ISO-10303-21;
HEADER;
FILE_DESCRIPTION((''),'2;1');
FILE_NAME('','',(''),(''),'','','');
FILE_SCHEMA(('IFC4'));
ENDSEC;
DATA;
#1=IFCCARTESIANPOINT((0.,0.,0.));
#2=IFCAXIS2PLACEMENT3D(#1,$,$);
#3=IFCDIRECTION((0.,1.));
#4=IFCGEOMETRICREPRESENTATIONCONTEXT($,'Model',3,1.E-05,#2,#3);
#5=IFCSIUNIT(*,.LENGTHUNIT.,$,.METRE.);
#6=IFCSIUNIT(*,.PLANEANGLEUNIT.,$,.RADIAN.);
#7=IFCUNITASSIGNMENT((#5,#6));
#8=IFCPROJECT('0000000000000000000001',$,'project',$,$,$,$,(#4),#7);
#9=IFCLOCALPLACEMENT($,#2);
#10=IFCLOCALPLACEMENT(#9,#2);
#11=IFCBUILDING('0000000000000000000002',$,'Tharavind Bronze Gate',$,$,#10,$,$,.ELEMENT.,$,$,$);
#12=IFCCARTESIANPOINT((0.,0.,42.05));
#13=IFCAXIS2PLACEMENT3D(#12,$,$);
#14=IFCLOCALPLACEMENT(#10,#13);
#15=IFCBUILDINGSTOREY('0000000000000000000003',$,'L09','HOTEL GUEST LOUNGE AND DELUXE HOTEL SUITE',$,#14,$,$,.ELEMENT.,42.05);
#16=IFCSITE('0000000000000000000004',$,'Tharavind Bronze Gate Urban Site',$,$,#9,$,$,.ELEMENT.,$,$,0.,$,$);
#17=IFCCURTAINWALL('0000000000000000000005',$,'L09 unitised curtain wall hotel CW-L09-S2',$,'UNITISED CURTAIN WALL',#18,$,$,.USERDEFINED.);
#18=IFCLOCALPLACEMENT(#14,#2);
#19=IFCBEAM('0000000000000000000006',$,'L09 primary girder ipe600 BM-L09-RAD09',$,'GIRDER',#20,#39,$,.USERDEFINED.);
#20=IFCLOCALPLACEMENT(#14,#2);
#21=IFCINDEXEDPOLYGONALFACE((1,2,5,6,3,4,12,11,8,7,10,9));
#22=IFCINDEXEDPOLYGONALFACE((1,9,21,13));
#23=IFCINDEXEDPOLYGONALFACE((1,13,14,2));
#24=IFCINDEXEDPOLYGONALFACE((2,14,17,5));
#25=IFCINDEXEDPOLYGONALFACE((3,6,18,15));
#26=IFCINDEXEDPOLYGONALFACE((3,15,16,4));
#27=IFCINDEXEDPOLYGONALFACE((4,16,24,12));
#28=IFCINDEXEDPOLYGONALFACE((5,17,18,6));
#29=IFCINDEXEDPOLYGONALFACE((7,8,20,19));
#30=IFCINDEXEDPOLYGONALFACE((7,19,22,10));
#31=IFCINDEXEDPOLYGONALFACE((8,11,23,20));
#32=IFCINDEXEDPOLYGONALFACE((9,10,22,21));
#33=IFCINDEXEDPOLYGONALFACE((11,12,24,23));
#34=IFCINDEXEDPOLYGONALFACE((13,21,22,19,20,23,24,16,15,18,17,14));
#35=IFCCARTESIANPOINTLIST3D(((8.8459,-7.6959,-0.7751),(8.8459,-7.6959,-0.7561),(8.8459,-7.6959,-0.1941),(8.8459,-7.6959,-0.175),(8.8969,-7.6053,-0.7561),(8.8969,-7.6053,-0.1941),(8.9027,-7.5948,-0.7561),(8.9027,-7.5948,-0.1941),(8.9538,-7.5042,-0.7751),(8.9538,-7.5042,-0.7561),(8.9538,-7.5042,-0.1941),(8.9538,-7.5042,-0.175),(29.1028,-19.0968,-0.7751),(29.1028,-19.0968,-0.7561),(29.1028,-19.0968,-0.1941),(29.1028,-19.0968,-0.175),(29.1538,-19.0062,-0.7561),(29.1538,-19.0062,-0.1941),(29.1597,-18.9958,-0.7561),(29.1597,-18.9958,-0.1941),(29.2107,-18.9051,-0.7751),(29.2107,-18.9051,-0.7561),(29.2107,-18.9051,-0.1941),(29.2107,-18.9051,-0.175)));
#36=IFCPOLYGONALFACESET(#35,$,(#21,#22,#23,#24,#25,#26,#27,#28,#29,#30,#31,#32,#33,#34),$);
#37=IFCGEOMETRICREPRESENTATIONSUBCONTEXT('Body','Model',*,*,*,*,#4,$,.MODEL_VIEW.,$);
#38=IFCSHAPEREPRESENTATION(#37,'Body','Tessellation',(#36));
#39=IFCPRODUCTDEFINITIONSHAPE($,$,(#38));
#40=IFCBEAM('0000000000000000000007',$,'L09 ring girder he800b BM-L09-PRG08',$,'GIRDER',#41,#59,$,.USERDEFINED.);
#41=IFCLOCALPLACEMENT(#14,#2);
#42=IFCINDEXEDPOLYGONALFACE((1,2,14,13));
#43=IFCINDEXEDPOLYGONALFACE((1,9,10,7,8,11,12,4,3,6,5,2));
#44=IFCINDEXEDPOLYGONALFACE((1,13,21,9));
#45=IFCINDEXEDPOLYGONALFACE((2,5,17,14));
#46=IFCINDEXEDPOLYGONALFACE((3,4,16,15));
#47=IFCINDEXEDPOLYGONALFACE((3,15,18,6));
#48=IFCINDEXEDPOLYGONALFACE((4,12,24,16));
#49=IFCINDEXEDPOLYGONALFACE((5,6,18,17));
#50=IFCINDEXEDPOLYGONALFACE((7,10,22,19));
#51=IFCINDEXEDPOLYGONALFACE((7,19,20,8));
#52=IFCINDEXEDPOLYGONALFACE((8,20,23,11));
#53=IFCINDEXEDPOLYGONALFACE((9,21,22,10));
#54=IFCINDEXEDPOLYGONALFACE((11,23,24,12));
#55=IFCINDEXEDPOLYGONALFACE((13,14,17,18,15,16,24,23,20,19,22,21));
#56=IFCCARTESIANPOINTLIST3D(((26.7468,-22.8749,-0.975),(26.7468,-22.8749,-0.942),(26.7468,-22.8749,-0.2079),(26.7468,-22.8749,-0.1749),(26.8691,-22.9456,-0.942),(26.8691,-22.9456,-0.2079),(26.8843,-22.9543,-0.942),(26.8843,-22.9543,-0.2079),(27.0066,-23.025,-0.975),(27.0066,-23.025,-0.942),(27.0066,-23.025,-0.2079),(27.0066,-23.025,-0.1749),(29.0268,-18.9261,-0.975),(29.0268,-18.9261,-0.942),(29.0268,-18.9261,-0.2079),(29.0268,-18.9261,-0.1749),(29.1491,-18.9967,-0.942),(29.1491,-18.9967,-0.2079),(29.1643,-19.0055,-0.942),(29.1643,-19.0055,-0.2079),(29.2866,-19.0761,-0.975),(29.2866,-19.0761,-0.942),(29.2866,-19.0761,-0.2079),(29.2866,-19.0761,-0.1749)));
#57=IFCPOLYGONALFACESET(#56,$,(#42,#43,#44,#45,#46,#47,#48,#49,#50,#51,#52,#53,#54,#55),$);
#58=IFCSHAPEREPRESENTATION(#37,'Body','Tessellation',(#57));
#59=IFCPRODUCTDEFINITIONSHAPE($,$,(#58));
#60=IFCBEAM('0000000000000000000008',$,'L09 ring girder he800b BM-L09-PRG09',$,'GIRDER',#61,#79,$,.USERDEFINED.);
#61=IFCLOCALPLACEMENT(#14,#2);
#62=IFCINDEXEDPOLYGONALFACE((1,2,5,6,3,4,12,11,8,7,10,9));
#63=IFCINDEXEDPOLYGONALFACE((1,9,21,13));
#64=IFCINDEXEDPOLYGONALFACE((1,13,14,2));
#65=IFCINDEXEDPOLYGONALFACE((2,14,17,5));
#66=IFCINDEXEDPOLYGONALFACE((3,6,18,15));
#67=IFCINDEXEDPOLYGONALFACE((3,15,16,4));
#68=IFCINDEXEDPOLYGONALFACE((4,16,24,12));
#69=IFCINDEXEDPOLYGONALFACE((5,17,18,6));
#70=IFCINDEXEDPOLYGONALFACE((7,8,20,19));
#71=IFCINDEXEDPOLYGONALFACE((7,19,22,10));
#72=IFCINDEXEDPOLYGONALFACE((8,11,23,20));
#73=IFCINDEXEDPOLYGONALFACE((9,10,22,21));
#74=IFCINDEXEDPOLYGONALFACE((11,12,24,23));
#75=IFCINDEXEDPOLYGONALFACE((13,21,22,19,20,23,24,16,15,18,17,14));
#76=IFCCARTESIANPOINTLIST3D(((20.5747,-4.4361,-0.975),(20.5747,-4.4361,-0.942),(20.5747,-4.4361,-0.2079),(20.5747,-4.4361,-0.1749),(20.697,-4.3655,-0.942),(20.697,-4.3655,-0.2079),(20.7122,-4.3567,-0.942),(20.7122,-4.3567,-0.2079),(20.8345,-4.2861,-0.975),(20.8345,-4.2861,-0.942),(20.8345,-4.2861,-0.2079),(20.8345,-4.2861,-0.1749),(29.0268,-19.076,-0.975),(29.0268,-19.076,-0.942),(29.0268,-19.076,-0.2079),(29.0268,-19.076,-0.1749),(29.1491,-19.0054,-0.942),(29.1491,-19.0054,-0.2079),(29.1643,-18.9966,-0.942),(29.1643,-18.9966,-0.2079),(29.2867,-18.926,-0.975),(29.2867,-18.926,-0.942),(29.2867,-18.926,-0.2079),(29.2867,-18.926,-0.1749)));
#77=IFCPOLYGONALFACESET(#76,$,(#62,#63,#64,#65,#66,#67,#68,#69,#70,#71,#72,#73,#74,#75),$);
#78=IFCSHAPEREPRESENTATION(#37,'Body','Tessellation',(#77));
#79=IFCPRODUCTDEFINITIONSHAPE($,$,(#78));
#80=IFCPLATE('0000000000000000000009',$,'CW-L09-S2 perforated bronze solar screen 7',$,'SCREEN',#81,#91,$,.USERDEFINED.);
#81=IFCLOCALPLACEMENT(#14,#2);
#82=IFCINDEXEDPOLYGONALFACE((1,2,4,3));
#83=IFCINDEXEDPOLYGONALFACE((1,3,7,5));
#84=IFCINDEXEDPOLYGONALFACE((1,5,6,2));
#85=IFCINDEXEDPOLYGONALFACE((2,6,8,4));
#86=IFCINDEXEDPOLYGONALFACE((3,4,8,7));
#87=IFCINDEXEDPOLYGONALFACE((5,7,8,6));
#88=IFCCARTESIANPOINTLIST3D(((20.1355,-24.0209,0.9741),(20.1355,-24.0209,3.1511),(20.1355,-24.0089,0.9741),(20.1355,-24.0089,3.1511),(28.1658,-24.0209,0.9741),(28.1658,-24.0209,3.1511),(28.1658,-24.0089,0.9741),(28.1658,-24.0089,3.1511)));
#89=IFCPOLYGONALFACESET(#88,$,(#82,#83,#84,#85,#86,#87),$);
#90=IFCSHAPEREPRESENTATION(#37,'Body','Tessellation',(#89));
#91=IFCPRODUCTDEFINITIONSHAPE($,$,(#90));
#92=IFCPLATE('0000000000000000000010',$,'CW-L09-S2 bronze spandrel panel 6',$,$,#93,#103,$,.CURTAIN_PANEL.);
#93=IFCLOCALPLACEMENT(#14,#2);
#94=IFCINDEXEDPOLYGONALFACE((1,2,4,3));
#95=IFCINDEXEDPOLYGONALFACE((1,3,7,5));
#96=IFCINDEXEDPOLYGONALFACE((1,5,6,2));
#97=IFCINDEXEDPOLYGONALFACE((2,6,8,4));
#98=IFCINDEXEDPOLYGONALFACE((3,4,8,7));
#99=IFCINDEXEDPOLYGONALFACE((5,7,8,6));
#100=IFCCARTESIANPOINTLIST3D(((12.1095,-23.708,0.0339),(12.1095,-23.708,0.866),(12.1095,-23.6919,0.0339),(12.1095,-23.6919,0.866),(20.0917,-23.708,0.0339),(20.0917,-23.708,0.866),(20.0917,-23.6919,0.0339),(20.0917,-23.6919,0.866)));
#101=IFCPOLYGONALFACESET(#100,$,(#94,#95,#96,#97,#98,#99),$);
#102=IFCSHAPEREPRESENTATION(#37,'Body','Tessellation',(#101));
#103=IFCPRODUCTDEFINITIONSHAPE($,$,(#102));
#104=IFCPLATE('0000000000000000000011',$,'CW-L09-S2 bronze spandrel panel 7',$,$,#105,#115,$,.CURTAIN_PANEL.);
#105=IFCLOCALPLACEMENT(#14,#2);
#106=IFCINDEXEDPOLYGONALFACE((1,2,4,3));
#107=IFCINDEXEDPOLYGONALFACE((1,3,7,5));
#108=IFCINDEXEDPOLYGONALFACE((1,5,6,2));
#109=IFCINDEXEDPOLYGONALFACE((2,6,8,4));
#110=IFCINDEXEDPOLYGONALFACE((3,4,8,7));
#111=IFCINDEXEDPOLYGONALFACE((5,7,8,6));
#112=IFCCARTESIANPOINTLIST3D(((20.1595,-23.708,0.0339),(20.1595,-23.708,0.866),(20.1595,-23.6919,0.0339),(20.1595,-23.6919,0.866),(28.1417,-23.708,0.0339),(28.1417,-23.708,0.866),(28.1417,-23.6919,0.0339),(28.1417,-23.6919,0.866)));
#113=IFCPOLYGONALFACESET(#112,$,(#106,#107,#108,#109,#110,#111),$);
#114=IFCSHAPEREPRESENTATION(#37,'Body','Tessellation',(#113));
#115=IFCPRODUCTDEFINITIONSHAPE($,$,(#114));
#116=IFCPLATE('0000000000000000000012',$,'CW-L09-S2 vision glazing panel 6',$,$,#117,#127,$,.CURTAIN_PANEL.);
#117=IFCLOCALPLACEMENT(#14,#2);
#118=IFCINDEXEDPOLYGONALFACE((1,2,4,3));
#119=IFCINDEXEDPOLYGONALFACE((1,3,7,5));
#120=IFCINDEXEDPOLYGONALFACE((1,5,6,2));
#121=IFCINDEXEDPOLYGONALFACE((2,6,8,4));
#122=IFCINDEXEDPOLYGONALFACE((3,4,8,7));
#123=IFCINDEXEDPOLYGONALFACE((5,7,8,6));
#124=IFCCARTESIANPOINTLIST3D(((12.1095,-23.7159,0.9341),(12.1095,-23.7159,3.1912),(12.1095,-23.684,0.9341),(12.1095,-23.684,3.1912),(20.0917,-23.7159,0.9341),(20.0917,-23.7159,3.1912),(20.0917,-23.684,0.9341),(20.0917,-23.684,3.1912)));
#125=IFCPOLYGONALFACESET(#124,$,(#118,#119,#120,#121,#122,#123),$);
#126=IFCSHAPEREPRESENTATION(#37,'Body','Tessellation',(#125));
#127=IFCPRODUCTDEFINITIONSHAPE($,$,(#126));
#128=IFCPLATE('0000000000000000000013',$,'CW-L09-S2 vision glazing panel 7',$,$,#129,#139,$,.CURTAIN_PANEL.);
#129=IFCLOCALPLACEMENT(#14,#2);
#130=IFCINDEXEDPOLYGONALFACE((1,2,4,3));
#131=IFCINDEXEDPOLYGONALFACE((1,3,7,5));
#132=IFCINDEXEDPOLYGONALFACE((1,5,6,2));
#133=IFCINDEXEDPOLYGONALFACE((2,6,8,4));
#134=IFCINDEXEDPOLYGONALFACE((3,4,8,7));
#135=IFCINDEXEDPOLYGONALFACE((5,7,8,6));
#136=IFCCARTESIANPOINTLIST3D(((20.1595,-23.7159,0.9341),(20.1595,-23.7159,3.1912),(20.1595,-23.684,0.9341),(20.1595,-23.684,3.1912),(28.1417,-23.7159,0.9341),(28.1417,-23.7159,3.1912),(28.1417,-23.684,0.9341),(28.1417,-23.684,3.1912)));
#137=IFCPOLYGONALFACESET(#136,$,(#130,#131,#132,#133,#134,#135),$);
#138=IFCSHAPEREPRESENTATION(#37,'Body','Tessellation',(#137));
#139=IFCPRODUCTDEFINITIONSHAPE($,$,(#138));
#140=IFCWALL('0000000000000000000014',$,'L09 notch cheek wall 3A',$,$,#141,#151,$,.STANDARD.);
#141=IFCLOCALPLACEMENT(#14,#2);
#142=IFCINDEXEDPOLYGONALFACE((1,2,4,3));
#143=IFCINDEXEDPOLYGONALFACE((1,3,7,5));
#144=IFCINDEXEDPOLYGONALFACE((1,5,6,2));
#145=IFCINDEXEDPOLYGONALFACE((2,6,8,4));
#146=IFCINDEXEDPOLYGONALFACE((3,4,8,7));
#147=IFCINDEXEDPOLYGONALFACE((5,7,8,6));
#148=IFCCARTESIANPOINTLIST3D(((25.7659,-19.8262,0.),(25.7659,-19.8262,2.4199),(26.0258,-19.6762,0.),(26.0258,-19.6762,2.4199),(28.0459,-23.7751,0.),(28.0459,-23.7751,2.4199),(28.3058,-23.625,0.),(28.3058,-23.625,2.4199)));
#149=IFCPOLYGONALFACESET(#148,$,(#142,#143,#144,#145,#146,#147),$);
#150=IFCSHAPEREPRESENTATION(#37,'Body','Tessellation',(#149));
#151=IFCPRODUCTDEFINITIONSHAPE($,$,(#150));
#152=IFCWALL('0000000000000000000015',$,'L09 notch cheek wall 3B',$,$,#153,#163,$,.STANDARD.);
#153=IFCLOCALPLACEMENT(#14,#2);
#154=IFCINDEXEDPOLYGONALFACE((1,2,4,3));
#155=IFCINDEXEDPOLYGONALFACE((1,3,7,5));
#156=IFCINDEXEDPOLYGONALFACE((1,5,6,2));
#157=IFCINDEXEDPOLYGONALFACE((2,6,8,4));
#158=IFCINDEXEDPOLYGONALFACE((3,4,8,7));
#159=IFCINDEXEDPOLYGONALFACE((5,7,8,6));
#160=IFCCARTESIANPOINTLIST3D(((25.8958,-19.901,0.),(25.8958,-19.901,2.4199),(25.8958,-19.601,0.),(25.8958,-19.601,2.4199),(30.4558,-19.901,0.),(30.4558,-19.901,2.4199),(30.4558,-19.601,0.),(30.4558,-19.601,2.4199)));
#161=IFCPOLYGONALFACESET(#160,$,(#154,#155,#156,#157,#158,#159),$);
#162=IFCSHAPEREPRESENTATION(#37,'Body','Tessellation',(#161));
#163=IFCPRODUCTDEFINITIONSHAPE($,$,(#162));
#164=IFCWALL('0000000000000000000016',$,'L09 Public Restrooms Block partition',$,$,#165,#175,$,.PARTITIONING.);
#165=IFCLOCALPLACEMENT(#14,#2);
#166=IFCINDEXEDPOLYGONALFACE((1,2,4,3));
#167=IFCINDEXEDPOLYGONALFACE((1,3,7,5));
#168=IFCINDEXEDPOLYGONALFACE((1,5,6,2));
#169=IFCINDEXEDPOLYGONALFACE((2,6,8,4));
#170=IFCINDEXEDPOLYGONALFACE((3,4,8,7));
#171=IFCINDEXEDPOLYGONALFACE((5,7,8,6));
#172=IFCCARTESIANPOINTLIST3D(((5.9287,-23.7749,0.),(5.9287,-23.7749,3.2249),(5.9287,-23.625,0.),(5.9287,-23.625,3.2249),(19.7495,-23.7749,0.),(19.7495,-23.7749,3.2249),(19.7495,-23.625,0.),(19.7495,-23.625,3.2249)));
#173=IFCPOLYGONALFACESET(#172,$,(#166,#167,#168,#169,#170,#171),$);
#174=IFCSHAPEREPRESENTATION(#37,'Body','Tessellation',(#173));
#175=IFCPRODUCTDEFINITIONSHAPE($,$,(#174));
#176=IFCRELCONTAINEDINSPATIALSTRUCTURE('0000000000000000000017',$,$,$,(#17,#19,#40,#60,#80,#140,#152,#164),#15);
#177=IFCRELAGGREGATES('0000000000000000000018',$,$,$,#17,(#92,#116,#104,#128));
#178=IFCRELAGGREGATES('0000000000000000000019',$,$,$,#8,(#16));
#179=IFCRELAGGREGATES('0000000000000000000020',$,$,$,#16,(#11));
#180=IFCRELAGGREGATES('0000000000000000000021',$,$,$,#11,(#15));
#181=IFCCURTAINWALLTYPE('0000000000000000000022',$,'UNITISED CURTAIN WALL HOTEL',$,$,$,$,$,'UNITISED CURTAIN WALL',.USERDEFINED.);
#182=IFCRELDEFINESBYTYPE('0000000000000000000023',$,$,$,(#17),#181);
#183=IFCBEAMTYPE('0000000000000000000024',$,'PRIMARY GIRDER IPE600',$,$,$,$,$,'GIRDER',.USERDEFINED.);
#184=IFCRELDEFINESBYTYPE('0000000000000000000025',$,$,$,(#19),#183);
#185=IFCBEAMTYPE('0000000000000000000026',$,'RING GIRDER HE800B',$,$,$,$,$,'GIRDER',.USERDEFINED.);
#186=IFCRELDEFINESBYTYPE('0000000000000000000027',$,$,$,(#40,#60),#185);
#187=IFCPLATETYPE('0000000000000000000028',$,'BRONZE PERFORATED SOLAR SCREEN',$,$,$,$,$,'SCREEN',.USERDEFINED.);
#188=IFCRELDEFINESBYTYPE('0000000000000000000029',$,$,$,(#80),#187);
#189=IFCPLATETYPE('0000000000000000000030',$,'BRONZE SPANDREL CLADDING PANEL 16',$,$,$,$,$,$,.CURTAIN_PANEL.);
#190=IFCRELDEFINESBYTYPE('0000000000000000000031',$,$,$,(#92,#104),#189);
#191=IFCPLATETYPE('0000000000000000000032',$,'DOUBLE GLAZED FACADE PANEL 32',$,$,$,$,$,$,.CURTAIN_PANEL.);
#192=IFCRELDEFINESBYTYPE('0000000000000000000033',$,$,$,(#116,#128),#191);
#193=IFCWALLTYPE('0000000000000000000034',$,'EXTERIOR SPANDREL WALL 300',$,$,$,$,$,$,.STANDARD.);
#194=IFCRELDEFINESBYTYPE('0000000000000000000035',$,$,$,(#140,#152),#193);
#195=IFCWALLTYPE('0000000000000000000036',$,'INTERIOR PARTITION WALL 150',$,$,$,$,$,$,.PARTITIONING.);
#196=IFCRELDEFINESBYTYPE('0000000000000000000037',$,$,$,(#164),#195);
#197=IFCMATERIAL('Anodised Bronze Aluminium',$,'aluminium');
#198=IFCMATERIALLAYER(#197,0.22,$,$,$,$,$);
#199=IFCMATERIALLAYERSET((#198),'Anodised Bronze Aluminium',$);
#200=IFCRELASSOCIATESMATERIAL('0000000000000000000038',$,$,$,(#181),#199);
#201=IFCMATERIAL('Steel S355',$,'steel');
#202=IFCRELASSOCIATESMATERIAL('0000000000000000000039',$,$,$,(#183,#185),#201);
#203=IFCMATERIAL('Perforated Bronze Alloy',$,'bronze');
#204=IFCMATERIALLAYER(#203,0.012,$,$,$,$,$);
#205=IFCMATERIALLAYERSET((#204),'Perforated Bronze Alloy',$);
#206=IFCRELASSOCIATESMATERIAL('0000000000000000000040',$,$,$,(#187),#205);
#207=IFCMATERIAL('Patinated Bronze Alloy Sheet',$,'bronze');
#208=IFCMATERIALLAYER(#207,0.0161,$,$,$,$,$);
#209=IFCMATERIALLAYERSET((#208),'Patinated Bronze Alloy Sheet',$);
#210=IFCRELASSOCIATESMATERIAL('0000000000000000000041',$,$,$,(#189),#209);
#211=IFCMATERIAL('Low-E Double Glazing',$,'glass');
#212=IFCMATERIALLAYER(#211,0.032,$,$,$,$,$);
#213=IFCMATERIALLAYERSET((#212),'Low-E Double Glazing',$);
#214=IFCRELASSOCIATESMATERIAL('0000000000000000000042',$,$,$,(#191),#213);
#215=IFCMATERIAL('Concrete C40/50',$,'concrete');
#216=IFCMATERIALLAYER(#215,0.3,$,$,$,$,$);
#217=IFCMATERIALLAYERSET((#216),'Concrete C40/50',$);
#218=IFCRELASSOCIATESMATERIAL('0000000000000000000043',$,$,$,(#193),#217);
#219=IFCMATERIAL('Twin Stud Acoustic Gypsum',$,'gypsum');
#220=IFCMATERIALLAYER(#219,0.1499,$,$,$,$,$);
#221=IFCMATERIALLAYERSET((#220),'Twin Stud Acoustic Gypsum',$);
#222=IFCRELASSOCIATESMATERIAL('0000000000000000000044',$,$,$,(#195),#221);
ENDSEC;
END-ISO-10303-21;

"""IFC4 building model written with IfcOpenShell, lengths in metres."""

from ifc_helpers import new_model, si_unit, direction, frame, frame_2d, origin, origin_2d, place, context, subcontext, project, spatial, rectangle, i_section, extrude, material, layer, layer_set, material_profile, profile_set, type_object, element, aggregate, save


model = new_model("IFC4")

# Units and contexts
model_context = context("Model", 3, precision=1e-05, world=origin(), true_north=direction((0.0, 1.0)))
body_context = subcontext(model_context, "Body", "Model", "MODEL_VIEW")
ifc_project = project(units=[si_unit("LENGTHUNIT", "METRE"), si_unit("PLANEANGLEUNIT", "RADIAN")], contexts=[model_context])

# Site, building, storey
site_placement = place(None, origin())
site = spatial("IfcSite", under=ifc_project, at=site_placement, Name="Tharavind Bronze Gate Urban Site", CompositionType="ELEMENT", RefElevation=0.0)
building_placement = place(site_placement, origin())
building = spatial("IfcBuilding", under=site, at=building_placement, Name="Tharavind Bronze Gate", CompositionType="ELEMENT")
storey_placement = place(building_placement, frame((0.0, 0.0, 42.05)))
storey = spatial("IfcBuildingStorey", under=building, at=storey_placement, Name="L09", Description="HOTEL GUEST LOUNGE AND DELUXE HOTEL SUITE", CompositionType="ELEMENT", Elevation=42.05)

# Curtain wall
ifc_material_1 = material(Name="Anodised Bronze Aluminium", Category="aluminium")
ifc_layer_1 = layer(ifc_material_1, 0.22)
ifc_layer_set_1 = layer_set([ifc_layer_1], Name="Anodised Bronze Aluminium")
curtain_wall_type = type_object("IfcCurtainWallType", Name="UNITISED CURTAIN WALL HOTEL", ElementType="UNITISED CURTAIN WALL", PredefinedType="USERDEFINED", material=ifc_layer_set_1)
curtain_wall_1_placement = place(storey_placement, origin())
curtain_wall_1 = element("IfcCurtainWall", 1, at=curtain_wall_1_placement, inside=storey, type_object=curtain_wall_type, Name="L09 unitised curtain wall hotel CW-L09-S2", ObjectType="UNITISED CURTAIN WALL", PredefinedType="USERDEFINED")

# Beams
ifc_material_2 = material(Name="Steel S355", Category="steel")
ifc_material_profile_1 = material_profile(ifc_material_2, i_section(OverallWidth=0.22, OverallDepth=0.6001, WebThickness=0.012, FlangeThickness=0.019, at=origin_2d()), Name="IPE600")
ifc_profile_set_1 = profile_set([ifc_material_profile_1], Name="Steel S355")
beam_type_1 = type_object("IfcBeamType", Name="PRIMARY GIRDER IPE600", ElementType="GIRDER", PredefinedType="USERDEFINED", material=ifc_profile_set_1)
beam_1_placement = place(storey_placement, frame((29.1567, -19.001, -0.4751), z_axis=(-0.871458, 0.490471, 0.0), x_axis=(-0.490471, -0.871458, 0.0)))
element("IfcBeam", 2, at=beam_1_placement, inside=storey, type_object=beam_type_1, Name="L09 primary girder ipe600 BM-L09-RAD09", ObjectType="GIRDER", PredefinedType="USERDEFINED", context=body_context, shape_type="SweptSolid", body=[
    extrude(i_section(OverallWidth=0.22, OverallDepth=0.6001, WebThickness=0.012, FlangeThickness=0.019, at=origin_2d()), origin(), (0.0, 0.0, 1.0), 23.2449),
])
ifc_material_profile_2 = material_profile(ifc_material_2, i_section(OverallWidth=0.3, OverallDepth=0.8, WebThickness=0.0176, FlangeThickness=0.033, at=origin_2d()), Name="HE800B")
ifc_profile_set_2 = profile_set([ifc_material_profile_2], Name="Steel S355")
beam_type_2 = type_object("IfcBeamType", Name="RING GIRDER HE800B", ElementType="GIRDER", PredefinedType="USERDEFINED", material=ifc_profile_set_2)
beam_2_placement = place(storey_placement, frame((26.8767, -22.95, -0.575), z_axis=(0.500014, 0.866017, 0.0), x_axis=(-0.866017, 0.500014, 0.0)))
element("IfcBeam", 3, at=beam_2_placement, inside=storey, type_object=beam_type_2, Name="L09 ring girder he800b BM-L09-PRG08", ObjectType="GIRDER", PredefinedType="USERDEFINED", context=body_context, shape_type="SweptSolid", body=[
    extrude(i_section(OverallWidth=0.3, OverallDepth=0.8, WebThickness=0.0176, FlangeThickness=0.033, at=origin_2d()), origin(), (0.0, 0.0, 1.0), 4.5598),
])
beam_3_placement = place(storey_placement, frame((29.1567, -19.001, -0.575), z_axis=(-0.499991, 0.86603, 0.0), x_axis=(-0.86603, -0.499991, 0.0)))
element("IfcBeam", 4, at=beam_3_placement, inside=storey, type_object=beam_type_2, Name="L09 ring girder he800b BM-L09-PRG09", ObjectType="GIRDER", PredefinedType="USERDEFINED", context=body_context, shape_type="SweptSolid", body=[
    extrude(i_section(OverallWidth=0.3, OverallDepth=0.8, WebThickness=0.0176, FlangeThickness=0.033, at=origin_2d()), origin(), (0.0, 0.0, 1.0), 16.9045),
])

# Plates
ifc_material_3 = material(Name="Perforated Bronze Alloy", Category="bronze")
ifc_layer_2 = layer(ifc_material_3, 0.012)
ifc_layer_set_2 = layer_set([ifc_layer_2], Name="Perforated Bronze Alloy")
plate_type_1 = type_object("IfcPlateType", Name="BRONZE PERFORATED SOLAR SCREEN", ElementType="SCREEN", PredefinedType="USERDEFINED", material=ifc_layer_set_2)
plate_1_placement = place(storey_placement, frame((24.1506, -24.0149, 0.9741), z_axis=(0.0, 0.0, 1.0), x_axis=(1.0, 0.0, 0.0)))
element("IfcPlate", 5, at=plate_1_placement, inside=storey, type_object=plate_type_1, Name="CW-L09-S2 perforated bronze solar screen 7", ObjectType="SCREEN", PredefinedType="USERDEFINED", context=body_context, shape_type="SweptSolid", body=[
    extrude(rectangle(XDim=8.0303, YDim=0.012, at=origin_2d()), origin(), (0.0, 0.0, 1.0), 2.177),
])
ifc_material_4 = material(Name="Patinated Bronze Alloy Sheet", Category="bronze")
ifc_layer_3 = layer(ifc_material_4, 0.0161)
ifc_layer_set_3 = layer_set([ifc_layer_3], Name="Patinated Bronze Alloy Sheet")
plate_type_2 = type_object("IfcPlateType", Name="BRONZE SPANDREL CLADDING PANEL 16", PredefinedType="CURTAIN_PANEL", material=ifc_layer_set_3)
plate_2_placement = place(storey_placement, frame((16.1006, -23.7, 0.0339), z_axis=(0.0, 0.0, 1.0), x_axis=(1.0, 0.0, 0.0)))
plate_2 = element("IfcPlate", 6, at=plate_2_placement, type_object=plate_type_2, Name="CW-L09-S2 bronze spandrel panel 6", PredefinedType="CURTAIN_PANEL", context=body_context, shape_type="SweptSolid", body=[
    extrude(rectangle(XDim=7.9822, YDim=0.0161, at=origin_2d()), origin(), (0.0, 0.0, 1.0), 0.832),
])
plate_3_placement = place(storey_placement, frame((24.1506, -23.7, 0.0339), z_axis=(0.0, 0.0, 1.0), x_axis=(1.0, 0.0, 0.0)))
plate_3 = element("IfcPlate", 7, at=plate_3_placement, type_object=plate_type_2, Name="CW-L09-S2 bronze spandrel panel 7", PredefinedType="CURTAIN_PANEL", context=body_context, shape_type="SweptSolid", body=[
    extrude(rectangle(XDim=7.9822, YDim=0.0161, at=origin_2d()), origin(), (0.0, 0.0, 1.0), 0.832),
])
ifc_material_5 = material(Name="Low-E Double Glazing", Category="glass")
ifc_layer_4 = layer(ifc_material_5, 0.032)
ifc_layer_set_4 = layer_set([ifc_layer_4], Name="Low-E Double Glazing")
plate_type_3 = type_object("IfcPlateType", Name="DOUBLE GLAZED FACADE PANEL 32", PredefinedType="CURTAIN_PANEL", material=ifc_layer_set_4)
plate_4_placement = place(storey_placement, frame((16.1006, -23.7, 0.9341), z_axis=(0.0, 0.0, 1.0), x_axis=(1.0, 0.0, 0.0)))
plate_4 = element("IfcPlate", 8, at=plate_4_placement, type_object=plate_type_3, Name="CW-L09-S2 vision glazing panel 6", PredefinedType="CURTAIN_PANEL", context=body_context, shape_type="SweptSolid", body=[
    extrude(rectangle(XDim=7.9822, YDim=0.032, at=origin_2d()), origin(), (0.0, 0.0, 1.0), 2.2571),
])
plate_5_placement = place(storey_placement, frame((24.1506, -23.7, 0.9341), z_axis=(0.0, 0.0, 1.0), x_axis=(1.0, 0.0, 0.0)))
plate_5 = element("IfcPlate", 9, at=plate_5_placement, type_object=plate_type_3, Name="CW-L09-S2 vision glazing panel 7", PredefinedType="CURTAIN_PANEL", context=body_context, shape_type="SweptSolid", body=[
    extrude(rectangle(XDim=7.9822, YDim=0.032, at=origin_2d()), origin(), (0.0, 0.0, 1.0), 2.2571),
])
aggregate(curtain_wall_1, [plate_2, plate_4, plate_3, plate_5])

# Walls
ifc_material_6 = material(Name="Concrete C40/50", Category="concrete")
ifc_layer_5 = layer(ifc_material_6, 0.3)
ifc_layer_set_5 = layer_set([ifc_layer_5], Name="Concrete C40/50")
wall_type_1 = type_object("IfcWallType", Name="EXTERIOR SPANDREL WALL 300", PredefinedType="STANDARD", material=ifc_layer_set_5)
wall_1_placement = place(storey_placement, frame((28.1758, -23.7, 0.0), z_axis=(0.0, 0.0, 1.0), x_axis=(-0.500014, 0.866017, 0.0)))
element("IfcWall", 10, at=wall_1_placement, inside=storey, type_object=wall_type_1, Name="L09 notch cheek wall 3A", PredefinedType="STANDARD", context=body_context, shape_type="SweptSolid", body=[
    extrude(rectangle(XDim=4.5598, YDim=0.3, at=frame_2d((2.2798, 0.0))), origin(), (0.0, 0.0, 1.0), 2.4199),
])
wall_2_placement = place(storey_placement, frame((25.8958, -19.751, 0.0), z_axis=(0.0, 0.0, 1.0), x_axis=(1.0, 0.0, 0.0)))
element("IfcWall", 11, at=wall_2_placement, inside=storey, type_object=wall_type_1, Name="L09 notch cheek wall 3B", PredefinedType="STANDARD", context=body_context, shape_type="SweptSolid", body=[
    extrude(rectangle(XDim=4.5601, YDim=0.3, at=frame_2d((2.28, 0.0))), origin(), (0.0, 0.0, 1.0), 2.4199),
])
ifc_material_7 = material(Name="Twin Stud Acoustic Gypsum", Category="gypsum")
ifc_layer_6 = layer(ifc_material_7, 0.1499)
ifc_layer_set_6 = layer_set([ifc_layer_6], Name="Twin Stud Acoustic Gypsum")
wall_type_2 = type_object("IfcWallType", Name="INTERIOR PARTITION WALL 150", PredefinedType="PARTITIONING", material=ifc_layer_set_6)
wall_3_placement = place(storey_placement, frame((19.7495, -23.7, 0.0), z_axis=(0.0, 0.0, 1.0), x_axis=(-1.0, 0.0, 0.0)))
element("IfcWall", 12, at=wall_3_placement, inside=storey, type_object=wall_type_2, Name="L09 Public Restrooms Block partition", PredefinedType="PARTITIONING", context=body_context, shape_type="SweptSolid", body=[
    extrude(rectangle(XDim=13.8208, YDim=0.1499, at=frame_2d((6.9104, 0.0))), origin(), (0.0, 0.0, 1.0), 3.2249),
])

save(model, "model.ifc")
